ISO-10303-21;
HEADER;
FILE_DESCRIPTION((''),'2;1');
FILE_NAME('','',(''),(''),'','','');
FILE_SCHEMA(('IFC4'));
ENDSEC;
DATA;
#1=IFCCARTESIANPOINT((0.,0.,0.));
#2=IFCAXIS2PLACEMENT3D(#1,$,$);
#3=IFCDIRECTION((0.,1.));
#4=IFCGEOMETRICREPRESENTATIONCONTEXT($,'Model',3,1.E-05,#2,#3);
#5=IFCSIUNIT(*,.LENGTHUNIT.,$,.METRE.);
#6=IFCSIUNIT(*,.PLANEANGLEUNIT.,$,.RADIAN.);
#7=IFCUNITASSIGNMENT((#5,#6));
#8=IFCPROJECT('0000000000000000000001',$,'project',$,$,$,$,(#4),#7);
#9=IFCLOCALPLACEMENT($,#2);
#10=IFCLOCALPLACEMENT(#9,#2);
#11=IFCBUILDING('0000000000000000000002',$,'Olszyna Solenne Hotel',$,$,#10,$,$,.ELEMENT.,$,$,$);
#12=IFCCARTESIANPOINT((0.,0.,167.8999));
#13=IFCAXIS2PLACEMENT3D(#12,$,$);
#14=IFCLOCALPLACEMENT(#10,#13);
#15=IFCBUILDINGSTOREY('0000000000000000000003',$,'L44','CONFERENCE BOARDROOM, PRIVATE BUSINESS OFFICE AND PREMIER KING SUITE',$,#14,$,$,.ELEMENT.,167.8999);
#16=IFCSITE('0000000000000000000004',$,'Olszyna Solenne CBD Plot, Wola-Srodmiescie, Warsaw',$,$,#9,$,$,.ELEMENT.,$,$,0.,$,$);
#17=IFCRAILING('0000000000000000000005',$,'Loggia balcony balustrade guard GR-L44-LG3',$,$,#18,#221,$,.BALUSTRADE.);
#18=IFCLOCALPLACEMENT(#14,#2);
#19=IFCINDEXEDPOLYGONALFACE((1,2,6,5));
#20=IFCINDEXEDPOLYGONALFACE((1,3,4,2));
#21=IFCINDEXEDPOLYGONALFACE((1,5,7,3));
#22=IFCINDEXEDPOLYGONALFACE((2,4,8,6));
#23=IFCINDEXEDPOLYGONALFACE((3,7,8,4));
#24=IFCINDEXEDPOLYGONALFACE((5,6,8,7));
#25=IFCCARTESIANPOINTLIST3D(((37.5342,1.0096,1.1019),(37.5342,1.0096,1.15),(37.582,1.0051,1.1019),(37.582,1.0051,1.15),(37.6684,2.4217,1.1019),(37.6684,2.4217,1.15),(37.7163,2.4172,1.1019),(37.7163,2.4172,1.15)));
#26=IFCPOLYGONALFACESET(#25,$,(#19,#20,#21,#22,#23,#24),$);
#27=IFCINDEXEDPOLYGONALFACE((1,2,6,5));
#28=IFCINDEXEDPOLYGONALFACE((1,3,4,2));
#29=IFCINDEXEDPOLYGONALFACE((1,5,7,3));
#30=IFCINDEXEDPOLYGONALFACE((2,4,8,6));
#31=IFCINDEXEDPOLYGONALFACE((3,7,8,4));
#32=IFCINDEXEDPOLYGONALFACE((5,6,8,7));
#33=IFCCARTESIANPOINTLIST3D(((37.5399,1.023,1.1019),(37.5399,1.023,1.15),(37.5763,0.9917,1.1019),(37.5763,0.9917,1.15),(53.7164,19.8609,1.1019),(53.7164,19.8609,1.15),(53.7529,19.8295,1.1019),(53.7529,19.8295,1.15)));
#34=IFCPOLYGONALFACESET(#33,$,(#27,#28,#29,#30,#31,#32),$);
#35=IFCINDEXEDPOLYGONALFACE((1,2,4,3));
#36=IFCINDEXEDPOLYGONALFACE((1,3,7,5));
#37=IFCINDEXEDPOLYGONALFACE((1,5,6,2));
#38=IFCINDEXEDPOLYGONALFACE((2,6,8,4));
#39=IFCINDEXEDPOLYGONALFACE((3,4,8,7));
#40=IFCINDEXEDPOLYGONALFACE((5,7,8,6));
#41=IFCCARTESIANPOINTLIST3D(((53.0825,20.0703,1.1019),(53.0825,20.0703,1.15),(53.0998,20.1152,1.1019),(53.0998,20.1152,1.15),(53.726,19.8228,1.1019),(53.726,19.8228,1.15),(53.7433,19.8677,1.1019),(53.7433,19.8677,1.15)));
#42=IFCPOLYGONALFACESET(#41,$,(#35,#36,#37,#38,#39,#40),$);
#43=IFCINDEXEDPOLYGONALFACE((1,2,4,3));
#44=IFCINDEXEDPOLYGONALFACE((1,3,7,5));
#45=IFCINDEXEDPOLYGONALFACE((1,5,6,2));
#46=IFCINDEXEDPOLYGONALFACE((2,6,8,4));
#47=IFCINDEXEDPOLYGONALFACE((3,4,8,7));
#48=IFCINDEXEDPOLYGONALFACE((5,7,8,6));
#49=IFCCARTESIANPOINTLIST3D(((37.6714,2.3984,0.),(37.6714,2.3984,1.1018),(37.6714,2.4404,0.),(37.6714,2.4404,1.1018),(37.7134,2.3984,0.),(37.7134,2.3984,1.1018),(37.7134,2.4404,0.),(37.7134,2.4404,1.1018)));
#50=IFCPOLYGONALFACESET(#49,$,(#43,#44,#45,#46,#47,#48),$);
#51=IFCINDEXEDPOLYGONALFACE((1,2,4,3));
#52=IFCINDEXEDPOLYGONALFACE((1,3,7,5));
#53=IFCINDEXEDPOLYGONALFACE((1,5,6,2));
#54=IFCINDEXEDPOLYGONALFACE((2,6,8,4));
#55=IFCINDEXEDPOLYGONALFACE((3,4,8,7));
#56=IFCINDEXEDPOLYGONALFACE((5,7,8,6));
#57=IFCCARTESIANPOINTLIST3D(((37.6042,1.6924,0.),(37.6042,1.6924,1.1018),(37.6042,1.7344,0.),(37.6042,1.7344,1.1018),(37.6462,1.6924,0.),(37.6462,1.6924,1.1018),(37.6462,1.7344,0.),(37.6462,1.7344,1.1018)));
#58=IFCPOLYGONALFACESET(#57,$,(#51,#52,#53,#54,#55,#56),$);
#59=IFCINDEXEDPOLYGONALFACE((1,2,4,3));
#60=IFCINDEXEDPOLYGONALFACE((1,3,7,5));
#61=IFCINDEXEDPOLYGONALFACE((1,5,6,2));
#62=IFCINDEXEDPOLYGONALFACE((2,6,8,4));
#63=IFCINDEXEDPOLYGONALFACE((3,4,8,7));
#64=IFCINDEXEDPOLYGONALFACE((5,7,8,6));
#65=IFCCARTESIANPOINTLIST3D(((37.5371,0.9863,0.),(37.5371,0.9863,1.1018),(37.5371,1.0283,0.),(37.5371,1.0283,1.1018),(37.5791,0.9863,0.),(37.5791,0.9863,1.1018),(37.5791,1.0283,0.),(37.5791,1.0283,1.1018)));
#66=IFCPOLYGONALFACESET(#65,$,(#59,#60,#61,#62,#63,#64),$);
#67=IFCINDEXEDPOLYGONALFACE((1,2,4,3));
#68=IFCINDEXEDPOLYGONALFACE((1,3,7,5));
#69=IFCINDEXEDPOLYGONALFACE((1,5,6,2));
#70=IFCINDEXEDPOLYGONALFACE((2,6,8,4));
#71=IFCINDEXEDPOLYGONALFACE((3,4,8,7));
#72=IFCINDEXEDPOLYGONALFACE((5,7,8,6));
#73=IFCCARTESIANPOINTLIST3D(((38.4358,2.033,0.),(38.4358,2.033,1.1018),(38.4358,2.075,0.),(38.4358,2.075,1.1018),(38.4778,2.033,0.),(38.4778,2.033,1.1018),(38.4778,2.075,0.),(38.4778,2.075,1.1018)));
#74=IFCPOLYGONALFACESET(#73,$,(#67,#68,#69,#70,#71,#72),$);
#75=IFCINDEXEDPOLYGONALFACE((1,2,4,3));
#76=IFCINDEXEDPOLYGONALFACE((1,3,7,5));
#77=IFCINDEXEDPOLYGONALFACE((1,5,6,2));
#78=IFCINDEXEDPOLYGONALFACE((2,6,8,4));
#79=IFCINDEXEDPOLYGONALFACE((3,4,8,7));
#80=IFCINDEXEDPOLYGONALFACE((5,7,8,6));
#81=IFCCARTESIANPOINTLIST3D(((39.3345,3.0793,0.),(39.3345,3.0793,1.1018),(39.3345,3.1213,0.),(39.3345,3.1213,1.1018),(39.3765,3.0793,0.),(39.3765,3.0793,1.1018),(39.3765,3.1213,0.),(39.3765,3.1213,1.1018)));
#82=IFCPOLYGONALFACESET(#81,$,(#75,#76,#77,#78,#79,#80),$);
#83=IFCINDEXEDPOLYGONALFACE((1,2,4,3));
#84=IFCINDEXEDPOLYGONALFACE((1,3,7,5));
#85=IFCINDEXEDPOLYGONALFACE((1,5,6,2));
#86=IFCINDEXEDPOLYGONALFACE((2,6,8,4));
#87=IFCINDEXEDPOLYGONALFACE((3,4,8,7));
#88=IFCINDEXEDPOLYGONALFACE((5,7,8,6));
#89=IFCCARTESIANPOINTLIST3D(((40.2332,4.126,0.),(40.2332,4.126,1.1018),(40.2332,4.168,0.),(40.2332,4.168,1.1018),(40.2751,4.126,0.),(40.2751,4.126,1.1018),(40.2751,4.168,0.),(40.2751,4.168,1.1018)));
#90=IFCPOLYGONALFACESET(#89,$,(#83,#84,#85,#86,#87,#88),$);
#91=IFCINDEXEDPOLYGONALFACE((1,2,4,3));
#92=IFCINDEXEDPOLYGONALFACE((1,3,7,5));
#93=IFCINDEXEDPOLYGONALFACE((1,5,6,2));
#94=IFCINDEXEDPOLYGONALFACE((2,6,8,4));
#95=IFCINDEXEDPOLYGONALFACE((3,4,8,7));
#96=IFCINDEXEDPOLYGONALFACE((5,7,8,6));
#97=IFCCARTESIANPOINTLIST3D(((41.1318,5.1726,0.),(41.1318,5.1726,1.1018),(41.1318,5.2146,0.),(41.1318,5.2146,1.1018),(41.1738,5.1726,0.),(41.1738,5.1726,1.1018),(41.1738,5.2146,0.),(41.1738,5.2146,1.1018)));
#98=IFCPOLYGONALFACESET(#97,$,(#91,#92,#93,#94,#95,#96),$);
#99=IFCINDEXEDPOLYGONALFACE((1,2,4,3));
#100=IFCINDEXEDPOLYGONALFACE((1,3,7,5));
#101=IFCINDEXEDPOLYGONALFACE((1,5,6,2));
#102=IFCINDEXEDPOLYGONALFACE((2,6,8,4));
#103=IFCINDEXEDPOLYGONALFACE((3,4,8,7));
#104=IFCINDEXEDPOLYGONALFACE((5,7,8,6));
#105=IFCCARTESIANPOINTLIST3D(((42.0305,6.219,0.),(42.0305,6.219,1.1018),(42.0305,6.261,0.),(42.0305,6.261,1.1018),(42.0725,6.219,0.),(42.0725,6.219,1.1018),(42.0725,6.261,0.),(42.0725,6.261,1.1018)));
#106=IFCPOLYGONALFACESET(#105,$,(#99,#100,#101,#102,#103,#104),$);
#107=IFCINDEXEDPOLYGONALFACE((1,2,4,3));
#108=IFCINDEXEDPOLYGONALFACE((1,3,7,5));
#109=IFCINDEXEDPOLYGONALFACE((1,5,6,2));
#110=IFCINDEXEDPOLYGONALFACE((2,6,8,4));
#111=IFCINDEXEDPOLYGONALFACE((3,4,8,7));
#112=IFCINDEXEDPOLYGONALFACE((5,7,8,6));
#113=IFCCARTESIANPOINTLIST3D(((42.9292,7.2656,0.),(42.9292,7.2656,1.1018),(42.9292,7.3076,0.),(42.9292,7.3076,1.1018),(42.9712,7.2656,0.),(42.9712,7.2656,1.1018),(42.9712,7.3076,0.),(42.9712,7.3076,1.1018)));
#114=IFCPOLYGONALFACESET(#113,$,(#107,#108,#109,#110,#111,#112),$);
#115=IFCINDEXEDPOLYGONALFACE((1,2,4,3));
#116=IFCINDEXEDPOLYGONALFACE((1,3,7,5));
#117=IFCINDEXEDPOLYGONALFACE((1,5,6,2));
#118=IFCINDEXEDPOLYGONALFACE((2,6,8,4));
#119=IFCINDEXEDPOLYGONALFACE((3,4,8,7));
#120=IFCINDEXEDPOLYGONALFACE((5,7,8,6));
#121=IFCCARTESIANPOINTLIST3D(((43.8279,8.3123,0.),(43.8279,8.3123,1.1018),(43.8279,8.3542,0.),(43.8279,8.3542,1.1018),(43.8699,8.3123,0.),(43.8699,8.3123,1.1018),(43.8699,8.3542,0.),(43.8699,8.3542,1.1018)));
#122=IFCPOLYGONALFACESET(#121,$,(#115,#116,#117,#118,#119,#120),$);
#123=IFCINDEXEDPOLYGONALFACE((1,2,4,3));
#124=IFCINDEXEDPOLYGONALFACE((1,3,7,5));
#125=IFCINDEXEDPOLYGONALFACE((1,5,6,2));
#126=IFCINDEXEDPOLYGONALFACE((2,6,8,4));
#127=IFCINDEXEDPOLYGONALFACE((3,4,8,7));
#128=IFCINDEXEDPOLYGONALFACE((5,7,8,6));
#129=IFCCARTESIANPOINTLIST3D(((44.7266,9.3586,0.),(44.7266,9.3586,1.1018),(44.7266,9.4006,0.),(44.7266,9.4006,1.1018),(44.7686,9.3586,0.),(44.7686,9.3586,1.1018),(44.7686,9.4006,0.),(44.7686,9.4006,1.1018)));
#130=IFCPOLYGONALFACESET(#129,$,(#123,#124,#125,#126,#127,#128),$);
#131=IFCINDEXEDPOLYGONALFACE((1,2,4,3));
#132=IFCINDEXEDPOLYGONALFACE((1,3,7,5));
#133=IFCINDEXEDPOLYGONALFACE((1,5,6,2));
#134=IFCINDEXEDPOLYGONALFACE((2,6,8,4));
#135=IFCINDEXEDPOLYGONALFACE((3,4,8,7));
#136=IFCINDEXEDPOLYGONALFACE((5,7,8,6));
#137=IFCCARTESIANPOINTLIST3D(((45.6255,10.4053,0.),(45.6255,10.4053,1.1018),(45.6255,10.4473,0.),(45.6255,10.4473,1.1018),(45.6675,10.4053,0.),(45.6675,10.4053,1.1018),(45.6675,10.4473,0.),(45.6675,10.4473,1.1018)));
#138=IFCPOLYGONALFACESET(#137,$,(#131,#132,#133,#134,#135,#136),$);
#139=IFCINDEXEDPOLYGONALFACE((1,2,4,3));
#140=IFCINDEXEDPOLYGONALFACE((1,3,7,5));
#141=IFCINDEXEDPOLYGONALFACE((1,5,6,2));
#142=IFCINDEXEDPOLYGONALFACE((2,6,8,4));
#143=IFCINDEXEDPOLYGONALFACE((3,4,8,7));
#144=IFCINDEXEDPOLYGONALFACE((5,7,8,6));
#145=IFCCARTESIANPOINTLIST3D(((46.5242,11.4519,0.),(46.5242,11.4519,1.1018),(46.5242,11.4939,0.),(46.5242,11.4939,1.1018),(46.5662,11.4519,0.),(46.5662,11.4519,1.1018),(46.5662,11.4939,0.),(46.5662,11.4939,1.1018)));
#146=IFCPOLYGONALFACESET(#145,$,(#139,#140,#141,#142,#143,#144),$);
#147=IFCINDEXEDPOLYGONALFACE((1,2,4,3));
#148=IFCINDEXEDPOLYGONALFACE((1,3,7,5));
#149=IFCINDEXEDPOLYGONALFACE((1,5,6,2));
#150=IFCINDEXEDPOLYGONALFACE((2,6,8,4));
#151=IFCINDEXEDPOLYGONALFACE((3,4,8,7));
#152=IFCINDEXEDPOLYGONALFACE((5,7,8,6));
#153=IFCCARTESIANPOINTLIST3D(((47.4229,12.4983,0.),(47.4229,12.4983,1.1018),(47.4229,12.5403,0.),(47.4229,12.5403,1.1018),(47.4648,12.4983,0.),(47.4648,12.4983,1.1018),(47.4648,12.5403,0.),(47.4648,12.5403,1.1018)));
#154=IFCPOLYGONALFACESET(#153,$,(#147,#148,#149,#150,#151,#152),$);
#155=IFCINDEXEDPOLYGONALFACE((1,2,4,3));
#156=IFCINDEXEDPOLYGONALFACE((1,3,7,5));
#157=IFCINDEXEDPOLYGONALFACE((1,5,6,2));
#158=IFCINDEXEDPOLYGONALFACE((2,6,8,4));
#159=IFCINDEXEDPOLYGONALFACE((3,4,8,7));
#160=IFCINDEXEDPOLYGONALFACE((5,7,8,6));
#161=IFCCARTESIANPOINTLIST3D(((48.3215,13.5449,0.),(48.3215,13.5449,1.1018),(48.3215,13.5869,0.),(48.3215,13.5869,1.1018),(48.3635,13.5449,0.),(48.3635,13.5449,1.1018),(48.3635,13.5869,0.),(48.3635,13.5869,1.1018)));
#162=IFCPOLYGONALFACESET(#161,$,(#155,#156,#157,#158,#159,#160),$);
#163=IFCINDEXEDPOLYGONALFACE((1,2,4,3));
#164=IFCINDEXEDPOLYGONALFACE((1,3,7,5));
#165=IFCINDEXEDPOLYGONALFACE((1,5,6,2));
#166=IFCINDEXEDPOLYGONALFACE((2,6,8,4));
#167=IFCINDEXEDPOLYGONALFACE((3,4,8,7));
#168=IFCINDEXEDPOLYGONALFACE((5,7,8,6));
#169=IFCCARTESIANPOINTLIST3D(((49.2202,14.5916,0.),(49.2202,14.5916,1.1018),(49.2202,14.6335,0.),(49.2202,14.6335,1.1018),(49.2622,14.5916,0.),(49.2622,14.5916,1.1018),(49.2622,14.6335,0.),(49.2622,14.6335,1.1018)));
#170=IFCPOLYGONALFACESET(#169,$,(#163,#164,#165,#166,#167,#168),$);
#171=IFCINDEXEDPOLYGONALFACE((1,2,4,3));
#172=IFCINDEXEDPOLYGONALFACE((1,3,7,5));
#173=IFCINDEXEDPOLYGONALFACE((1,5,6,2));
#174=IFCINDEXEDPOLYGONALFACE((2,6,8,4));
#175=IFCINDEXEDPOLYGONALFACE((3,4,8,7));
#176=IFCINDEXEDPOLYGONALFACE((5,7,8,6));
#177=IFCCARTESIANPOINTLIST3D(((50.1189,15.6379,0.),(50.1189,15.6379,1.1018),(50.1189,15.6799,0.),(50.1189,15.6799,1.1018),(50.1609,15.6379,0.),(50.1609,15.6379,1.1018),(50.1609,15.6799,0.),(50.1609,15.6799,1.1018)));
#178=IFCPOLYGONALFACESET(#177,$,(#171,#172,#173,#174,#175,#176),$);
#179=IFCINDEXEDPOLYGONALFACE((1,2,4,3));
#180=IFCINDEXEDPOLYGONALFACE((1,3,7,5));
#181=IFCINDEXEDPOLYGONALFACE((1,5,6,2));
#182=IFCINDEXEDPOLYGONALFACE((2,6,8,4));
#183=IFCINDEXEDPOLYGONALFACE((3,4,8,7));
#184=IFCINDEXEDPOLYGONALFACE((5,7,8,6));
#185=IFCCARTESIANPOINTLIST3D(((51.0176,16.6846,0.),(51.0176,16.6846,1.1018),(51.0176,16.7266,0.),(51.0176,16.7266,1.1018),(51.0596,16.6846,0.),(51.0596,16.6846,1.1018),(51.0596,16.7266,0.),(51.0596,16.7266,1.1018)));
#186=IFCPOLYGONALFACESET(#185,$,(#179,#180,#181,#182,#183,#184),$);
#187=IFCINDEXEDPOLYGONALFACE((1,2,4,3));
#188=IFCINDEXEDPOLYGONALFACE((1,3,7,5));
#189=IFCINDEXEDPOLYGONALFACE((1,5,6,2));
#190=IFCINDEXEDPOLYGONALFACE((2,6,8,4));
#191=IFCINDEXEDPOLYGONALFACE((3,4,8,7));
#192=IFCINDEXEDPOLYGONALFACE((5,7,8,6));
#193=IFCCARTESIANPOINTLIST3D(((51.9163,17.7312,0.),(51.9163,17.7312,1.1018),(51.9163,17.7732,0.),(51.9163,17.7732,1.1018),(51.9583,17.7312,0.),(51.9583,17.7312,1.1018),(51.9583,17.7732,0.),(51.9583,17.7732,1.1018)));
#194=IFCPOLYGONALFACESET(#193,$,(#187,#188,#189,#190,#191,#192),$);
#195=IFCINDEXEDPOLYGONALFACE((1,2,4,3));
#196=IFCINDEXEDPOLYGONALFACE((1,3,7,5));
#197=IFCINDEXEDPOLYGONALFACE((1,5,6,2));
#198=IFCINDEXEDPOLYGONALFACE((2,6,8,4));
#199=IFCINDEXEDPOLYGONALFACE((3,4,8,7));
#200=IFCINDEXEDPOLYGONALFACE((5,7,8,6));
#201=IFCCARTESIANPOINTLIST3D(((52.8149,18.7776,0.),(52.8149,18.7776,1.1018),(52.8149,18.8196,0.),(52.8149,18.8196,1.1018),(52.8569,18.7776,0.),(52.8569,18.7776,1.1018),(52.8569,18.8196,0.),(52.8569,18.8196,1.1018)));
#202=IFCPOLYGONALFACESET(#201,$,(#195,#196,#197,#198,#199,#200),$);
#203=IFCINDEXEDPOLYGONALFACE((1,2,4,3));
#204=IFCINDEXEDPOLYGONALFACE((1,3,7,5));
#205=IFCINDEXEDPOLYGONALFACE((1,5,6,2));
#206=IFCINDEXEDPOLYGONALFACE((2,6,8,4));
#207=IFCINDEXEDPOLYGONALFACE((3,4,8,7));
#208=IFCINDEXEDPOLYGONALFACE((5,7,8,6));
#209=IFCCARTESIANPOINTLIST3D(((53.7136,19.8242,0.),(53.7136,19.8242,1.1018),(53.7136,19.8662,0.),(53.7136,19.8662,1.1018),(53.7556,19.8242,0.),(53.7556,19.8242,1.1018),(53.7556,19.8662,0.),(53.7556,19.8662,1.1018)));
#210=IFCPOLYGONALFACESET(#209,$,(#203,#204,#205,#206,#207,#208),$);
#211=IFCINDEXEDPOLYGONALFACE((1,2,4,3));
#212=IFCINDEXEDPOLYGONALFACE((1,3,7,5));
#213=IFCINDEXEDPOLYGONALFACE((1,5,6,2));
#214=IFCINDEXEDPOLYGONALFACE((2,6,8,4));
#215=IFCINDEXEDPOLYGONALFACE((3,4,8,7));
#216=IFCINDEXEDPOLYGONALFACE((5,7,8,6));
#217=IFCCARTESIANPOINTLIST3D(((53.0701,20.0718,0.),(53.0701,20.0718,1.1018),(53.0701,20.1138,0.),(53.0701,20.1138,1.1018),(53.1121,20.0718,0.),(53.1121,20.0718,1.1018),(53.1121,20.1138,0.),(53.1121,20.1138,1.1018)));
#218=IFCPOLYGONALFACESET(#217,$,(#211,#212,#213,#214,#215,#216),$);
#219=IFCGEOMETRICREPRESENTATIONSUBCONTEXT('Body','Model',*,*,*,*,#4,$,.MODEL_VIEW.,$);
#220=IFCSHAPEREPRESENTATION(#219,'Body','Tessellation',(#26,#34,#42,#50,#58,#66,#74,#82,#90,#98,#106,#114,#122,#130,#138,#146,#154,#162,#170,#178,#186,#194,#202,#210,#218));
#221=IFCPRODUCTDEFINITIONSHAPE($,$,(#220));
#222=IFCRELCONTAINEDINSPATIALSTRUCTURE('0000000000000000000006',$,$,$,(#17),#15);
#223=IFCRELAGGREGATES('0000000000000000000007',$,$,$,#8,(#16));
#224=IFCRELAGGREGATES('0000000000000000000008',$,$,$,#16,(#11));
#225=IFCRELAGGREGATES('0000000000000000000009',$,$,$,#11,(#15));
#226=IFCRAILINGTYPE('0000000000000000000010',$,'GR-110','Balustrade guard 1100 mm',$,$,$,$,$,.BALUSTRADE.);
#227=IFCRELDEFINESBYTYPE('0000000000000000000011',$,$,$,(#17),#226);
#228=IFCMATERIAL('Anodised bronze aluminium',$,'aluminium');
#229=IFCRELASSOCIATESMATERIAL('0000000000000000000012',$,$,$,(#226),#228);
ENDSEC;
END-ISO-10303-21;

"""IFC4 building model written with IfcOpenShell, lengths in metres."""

from ifc_helpers import new_model, si_unit, direction, frame, origin, origin_2d, place, context, subcontext, project, spatial, rectangle, extrude, material, type_object, element, save


model = new_model("IFC4")

# Units and contexts
model_context = context("Model", 3, precision=1e-05, world=origin(), true_north=direction((0.0, 1.0)))
body_context = subcontext(model_context, "Body", "Model", "MODEL_VIEW")
ifc_project = project(units=[si_unit("LENGTHUNIT", "METRE"), si_unit("PLANEANGLEUNIT", "RADIAN")], contexts=[model_context])

# Site, building, storey
site_placement = place(None, origin())
site = spatial("IfcSite", under=ifc_project, at=site_placement, Name="Olszyna Solenne CBD Plot, Wola-Srodmiescie, Warsaw", CompositionType="ELEMENT", RefElevation=0.0)
building_placement = place(site_placement, origin())
building = spatial("IfcBuilding", under=site, at=building_placement, Name="Olszyna Solenne Hotel", CompositionType="ELEMENT")
storey_placement = place(building_placement, frame((0.0, 0.0, 167.8999)))
storey = spatial("IfcBuildingStorey", under=building, at=storey_placement, Name="L44", Description="CONFERENCE BOARDROOM, PRIVATE BUSINESS OFFICE AND PREMIER KING SUITE", CompositionType="ELEMENT", Elevation=167.8999)

# Shared definitions
ifc_material_1 = material(Name="Anodised bronze aluminium", Category="aluminium")

# Railing
railing_type = type_object("IfcRailingType", Name="GR-110", Description="Balustrade guard 1100 mm", PredefinedType="BALUSTRADE", material=ifc_material_1)
railing_1_placement = place(storey_placement, frame((37.6924, 2.4194, 0.0)))
element("IfcRailing", 1, at=railing_1_placement, inside=storey, type_object=railing_type, Name="Loggia balcony balustrade guard GR-L44-LG3", PredefinedType="BALUSTRADE", context=body_context, shape_type="SweptSolid", body=[
    extrude(rectangle(XDim=0.0481, YDim=0.0481, at=origin_2d()), frame((0.0, 0.0, 1.126), z_axis=(-0.094663, -0.995509, 0.0), x_axis=(0.995509, -0.094663, 0.0)), (0.0, 0.0, 1.0), 1.4185),
    extrude(rectangle(XDim=0.0481, YDim=0.0481, at=origin_2d()), frame((-0.1343, -1.4121, 1.126), z_axis=(0.651482, 0.758664, 0.0), x_axis=(-0.758664, 0.651482, 0.0)), (0.0, 0.0, 1.0), 24.8303),
    extrude(rectangle(XDim=0.0481, YDim=0.0481, at=origin_2d()), frame((16.0422, 17.4258, 1.126), z_axis=(-0.933327, 0.359027, 0.0), x_axis=(-0.359027, -0.933327, 0.0)), (0.0, 0.0, 1.0), 0.6895),
    extrude(rectangle(XDim=0.042, YDim=0.042, at=origin_2d()), origin(), (0.0, 0.0, 1.0), 1.1018),
    extrude(rectangle(XDim=0.042, YDim=0.042, at=origin_2d()), frame((-0.0671, -0.7061, 0.0)), (0.0, 0.0, 1.0), 1.1018),
    extrude(rectangle(XDim=0.042, YDim=0.042, at=origin_2d()), frame((-0.1343, -1.4121, 0.0)), (0.0, 0.0, 1.0), 1.1018),
    extrude(rectangle(XDim=0.042, YDim=0.042, at=origin_2d()), frame((0.7644, -0.3655, 0.0)), (0.0, 0.0, 1.0), 1.1018),
    extrude(rectangle(XDim=0.042, YDim=0.042, at=origin_2d()), frame((1.6631, 0.6809, 0.0)), (0.0, 0.0, 1.0), 1.1018),
    extrude(rectangle(XDim=0.042, YDim=0.042, at=origin_2d()), frame((2.5618, 1.7275, 0.0)), (0.0, 0.0, 1.0), 1.1018),
    extrude(rectangle(XDim=0.042, YDim=0.042, at=origin_2d()), frame((3.4604, 2.7742, 0.0)), (0.0, 0.0, 1.0), 1.1018),
    extrude(rectangle(XDim=0.042, YDim=0.042, at=origin_2d()), frame((4.3591, 3.8206, 0.0)), (0.0, 0.0, 1.0), 1.1018),
    extrude(rectangle(XDim=0.042, YDim=0.042, at=origin_2d()), frame((5.2578, 4.8672, 0.0)), (0.0, 0.0, 1.0), 1.1018),
    extrude(rectangle(XDim=0.042, YDim=0.042, at=origin_2d()), frame((6.1565, 5.9138, 0.0)), (0.0, 0.0, 1.0), 1.1018),
    extrude(rectangle(XDim=0.042, YDim=0.042, at=origin_2d()), frame((7.0552, 6.9602, 0.0)), (0.0, 0.0, 1.0), 1.1018),
    extrude(rectangle(XDim=0.042, YDim=0.042, at=origin_2d()), frame((7.9541, 8.0068, 0.0)), (0.0, 0.0, 1.0), 1.1018),
    extrude(rectangle(XDim=0.042, YDim=0.042, at=origin_2d()), frame((8.8528, 9.0535, 0.0)), (0.0, 0.0, 1.0), 1.1018),
    extrude(rectangle(XDim=0.042, YDim=0.042, at=origin_2d()), frame((9.7515, 10.0999, 0.0)), (0.0, 0.0, 1.0), 1.1018),
    extrude(rectangle(XDim=0.042, YDim=0.042, at=origin_2d()), frame((10.6501, 11.1465, 0.0)), (0.0, 0.0, 1.0), 1.1018),
    extrude(rectangle(XDim=0.042, YDim=0.042, at=origin_2d()), frame((11.5488, 12.1931, 0.0)), (0.0, 0.0, 1.0), 1.1018),
    extrude(rectangle(XDim=0.042, YDim=0.042, at=origin_2d()), frame((12.4475, 13.2395, 0.0)), (0.0, 0.0, 1.0), 1.1018),
    extrude(rectangle(XDim=0.042, YDim=0.042, at=origin_2d()), frame((13.3462, 14.2861, 0.0)), (0.0, 0.0, 1.0), 1.1018),
    extrude(rectangle(XDim=0.042, YDim=0.042, at=origin_2d()), frame((14.2449, 15.3328, 0.0)), (0.0, 0.0, 1.0), 1.1018),
    extrude(rectangle(XDim=0.042, YDim=0.042, at=origin_2d()), frame((15.1436, 16.3792, 0.0)), (0.0, 0.0, 1.0), 1.1018),
    extrude(rectangle(XDim=0.042, YDim=0.042, at=origin_2d()), frame((16.0422, 17.4258, 0.0)), (0.0, 0.0, 1.0), 1.1018),
    extrude(rectangle(XDim=0.042, YDim=0.042, at=origin_2d()), frame((15.3987, 17.6733, 0.0)), (0.0, 0.0, 1.0), 1.1018),
])

save(model, "model.ifc")
